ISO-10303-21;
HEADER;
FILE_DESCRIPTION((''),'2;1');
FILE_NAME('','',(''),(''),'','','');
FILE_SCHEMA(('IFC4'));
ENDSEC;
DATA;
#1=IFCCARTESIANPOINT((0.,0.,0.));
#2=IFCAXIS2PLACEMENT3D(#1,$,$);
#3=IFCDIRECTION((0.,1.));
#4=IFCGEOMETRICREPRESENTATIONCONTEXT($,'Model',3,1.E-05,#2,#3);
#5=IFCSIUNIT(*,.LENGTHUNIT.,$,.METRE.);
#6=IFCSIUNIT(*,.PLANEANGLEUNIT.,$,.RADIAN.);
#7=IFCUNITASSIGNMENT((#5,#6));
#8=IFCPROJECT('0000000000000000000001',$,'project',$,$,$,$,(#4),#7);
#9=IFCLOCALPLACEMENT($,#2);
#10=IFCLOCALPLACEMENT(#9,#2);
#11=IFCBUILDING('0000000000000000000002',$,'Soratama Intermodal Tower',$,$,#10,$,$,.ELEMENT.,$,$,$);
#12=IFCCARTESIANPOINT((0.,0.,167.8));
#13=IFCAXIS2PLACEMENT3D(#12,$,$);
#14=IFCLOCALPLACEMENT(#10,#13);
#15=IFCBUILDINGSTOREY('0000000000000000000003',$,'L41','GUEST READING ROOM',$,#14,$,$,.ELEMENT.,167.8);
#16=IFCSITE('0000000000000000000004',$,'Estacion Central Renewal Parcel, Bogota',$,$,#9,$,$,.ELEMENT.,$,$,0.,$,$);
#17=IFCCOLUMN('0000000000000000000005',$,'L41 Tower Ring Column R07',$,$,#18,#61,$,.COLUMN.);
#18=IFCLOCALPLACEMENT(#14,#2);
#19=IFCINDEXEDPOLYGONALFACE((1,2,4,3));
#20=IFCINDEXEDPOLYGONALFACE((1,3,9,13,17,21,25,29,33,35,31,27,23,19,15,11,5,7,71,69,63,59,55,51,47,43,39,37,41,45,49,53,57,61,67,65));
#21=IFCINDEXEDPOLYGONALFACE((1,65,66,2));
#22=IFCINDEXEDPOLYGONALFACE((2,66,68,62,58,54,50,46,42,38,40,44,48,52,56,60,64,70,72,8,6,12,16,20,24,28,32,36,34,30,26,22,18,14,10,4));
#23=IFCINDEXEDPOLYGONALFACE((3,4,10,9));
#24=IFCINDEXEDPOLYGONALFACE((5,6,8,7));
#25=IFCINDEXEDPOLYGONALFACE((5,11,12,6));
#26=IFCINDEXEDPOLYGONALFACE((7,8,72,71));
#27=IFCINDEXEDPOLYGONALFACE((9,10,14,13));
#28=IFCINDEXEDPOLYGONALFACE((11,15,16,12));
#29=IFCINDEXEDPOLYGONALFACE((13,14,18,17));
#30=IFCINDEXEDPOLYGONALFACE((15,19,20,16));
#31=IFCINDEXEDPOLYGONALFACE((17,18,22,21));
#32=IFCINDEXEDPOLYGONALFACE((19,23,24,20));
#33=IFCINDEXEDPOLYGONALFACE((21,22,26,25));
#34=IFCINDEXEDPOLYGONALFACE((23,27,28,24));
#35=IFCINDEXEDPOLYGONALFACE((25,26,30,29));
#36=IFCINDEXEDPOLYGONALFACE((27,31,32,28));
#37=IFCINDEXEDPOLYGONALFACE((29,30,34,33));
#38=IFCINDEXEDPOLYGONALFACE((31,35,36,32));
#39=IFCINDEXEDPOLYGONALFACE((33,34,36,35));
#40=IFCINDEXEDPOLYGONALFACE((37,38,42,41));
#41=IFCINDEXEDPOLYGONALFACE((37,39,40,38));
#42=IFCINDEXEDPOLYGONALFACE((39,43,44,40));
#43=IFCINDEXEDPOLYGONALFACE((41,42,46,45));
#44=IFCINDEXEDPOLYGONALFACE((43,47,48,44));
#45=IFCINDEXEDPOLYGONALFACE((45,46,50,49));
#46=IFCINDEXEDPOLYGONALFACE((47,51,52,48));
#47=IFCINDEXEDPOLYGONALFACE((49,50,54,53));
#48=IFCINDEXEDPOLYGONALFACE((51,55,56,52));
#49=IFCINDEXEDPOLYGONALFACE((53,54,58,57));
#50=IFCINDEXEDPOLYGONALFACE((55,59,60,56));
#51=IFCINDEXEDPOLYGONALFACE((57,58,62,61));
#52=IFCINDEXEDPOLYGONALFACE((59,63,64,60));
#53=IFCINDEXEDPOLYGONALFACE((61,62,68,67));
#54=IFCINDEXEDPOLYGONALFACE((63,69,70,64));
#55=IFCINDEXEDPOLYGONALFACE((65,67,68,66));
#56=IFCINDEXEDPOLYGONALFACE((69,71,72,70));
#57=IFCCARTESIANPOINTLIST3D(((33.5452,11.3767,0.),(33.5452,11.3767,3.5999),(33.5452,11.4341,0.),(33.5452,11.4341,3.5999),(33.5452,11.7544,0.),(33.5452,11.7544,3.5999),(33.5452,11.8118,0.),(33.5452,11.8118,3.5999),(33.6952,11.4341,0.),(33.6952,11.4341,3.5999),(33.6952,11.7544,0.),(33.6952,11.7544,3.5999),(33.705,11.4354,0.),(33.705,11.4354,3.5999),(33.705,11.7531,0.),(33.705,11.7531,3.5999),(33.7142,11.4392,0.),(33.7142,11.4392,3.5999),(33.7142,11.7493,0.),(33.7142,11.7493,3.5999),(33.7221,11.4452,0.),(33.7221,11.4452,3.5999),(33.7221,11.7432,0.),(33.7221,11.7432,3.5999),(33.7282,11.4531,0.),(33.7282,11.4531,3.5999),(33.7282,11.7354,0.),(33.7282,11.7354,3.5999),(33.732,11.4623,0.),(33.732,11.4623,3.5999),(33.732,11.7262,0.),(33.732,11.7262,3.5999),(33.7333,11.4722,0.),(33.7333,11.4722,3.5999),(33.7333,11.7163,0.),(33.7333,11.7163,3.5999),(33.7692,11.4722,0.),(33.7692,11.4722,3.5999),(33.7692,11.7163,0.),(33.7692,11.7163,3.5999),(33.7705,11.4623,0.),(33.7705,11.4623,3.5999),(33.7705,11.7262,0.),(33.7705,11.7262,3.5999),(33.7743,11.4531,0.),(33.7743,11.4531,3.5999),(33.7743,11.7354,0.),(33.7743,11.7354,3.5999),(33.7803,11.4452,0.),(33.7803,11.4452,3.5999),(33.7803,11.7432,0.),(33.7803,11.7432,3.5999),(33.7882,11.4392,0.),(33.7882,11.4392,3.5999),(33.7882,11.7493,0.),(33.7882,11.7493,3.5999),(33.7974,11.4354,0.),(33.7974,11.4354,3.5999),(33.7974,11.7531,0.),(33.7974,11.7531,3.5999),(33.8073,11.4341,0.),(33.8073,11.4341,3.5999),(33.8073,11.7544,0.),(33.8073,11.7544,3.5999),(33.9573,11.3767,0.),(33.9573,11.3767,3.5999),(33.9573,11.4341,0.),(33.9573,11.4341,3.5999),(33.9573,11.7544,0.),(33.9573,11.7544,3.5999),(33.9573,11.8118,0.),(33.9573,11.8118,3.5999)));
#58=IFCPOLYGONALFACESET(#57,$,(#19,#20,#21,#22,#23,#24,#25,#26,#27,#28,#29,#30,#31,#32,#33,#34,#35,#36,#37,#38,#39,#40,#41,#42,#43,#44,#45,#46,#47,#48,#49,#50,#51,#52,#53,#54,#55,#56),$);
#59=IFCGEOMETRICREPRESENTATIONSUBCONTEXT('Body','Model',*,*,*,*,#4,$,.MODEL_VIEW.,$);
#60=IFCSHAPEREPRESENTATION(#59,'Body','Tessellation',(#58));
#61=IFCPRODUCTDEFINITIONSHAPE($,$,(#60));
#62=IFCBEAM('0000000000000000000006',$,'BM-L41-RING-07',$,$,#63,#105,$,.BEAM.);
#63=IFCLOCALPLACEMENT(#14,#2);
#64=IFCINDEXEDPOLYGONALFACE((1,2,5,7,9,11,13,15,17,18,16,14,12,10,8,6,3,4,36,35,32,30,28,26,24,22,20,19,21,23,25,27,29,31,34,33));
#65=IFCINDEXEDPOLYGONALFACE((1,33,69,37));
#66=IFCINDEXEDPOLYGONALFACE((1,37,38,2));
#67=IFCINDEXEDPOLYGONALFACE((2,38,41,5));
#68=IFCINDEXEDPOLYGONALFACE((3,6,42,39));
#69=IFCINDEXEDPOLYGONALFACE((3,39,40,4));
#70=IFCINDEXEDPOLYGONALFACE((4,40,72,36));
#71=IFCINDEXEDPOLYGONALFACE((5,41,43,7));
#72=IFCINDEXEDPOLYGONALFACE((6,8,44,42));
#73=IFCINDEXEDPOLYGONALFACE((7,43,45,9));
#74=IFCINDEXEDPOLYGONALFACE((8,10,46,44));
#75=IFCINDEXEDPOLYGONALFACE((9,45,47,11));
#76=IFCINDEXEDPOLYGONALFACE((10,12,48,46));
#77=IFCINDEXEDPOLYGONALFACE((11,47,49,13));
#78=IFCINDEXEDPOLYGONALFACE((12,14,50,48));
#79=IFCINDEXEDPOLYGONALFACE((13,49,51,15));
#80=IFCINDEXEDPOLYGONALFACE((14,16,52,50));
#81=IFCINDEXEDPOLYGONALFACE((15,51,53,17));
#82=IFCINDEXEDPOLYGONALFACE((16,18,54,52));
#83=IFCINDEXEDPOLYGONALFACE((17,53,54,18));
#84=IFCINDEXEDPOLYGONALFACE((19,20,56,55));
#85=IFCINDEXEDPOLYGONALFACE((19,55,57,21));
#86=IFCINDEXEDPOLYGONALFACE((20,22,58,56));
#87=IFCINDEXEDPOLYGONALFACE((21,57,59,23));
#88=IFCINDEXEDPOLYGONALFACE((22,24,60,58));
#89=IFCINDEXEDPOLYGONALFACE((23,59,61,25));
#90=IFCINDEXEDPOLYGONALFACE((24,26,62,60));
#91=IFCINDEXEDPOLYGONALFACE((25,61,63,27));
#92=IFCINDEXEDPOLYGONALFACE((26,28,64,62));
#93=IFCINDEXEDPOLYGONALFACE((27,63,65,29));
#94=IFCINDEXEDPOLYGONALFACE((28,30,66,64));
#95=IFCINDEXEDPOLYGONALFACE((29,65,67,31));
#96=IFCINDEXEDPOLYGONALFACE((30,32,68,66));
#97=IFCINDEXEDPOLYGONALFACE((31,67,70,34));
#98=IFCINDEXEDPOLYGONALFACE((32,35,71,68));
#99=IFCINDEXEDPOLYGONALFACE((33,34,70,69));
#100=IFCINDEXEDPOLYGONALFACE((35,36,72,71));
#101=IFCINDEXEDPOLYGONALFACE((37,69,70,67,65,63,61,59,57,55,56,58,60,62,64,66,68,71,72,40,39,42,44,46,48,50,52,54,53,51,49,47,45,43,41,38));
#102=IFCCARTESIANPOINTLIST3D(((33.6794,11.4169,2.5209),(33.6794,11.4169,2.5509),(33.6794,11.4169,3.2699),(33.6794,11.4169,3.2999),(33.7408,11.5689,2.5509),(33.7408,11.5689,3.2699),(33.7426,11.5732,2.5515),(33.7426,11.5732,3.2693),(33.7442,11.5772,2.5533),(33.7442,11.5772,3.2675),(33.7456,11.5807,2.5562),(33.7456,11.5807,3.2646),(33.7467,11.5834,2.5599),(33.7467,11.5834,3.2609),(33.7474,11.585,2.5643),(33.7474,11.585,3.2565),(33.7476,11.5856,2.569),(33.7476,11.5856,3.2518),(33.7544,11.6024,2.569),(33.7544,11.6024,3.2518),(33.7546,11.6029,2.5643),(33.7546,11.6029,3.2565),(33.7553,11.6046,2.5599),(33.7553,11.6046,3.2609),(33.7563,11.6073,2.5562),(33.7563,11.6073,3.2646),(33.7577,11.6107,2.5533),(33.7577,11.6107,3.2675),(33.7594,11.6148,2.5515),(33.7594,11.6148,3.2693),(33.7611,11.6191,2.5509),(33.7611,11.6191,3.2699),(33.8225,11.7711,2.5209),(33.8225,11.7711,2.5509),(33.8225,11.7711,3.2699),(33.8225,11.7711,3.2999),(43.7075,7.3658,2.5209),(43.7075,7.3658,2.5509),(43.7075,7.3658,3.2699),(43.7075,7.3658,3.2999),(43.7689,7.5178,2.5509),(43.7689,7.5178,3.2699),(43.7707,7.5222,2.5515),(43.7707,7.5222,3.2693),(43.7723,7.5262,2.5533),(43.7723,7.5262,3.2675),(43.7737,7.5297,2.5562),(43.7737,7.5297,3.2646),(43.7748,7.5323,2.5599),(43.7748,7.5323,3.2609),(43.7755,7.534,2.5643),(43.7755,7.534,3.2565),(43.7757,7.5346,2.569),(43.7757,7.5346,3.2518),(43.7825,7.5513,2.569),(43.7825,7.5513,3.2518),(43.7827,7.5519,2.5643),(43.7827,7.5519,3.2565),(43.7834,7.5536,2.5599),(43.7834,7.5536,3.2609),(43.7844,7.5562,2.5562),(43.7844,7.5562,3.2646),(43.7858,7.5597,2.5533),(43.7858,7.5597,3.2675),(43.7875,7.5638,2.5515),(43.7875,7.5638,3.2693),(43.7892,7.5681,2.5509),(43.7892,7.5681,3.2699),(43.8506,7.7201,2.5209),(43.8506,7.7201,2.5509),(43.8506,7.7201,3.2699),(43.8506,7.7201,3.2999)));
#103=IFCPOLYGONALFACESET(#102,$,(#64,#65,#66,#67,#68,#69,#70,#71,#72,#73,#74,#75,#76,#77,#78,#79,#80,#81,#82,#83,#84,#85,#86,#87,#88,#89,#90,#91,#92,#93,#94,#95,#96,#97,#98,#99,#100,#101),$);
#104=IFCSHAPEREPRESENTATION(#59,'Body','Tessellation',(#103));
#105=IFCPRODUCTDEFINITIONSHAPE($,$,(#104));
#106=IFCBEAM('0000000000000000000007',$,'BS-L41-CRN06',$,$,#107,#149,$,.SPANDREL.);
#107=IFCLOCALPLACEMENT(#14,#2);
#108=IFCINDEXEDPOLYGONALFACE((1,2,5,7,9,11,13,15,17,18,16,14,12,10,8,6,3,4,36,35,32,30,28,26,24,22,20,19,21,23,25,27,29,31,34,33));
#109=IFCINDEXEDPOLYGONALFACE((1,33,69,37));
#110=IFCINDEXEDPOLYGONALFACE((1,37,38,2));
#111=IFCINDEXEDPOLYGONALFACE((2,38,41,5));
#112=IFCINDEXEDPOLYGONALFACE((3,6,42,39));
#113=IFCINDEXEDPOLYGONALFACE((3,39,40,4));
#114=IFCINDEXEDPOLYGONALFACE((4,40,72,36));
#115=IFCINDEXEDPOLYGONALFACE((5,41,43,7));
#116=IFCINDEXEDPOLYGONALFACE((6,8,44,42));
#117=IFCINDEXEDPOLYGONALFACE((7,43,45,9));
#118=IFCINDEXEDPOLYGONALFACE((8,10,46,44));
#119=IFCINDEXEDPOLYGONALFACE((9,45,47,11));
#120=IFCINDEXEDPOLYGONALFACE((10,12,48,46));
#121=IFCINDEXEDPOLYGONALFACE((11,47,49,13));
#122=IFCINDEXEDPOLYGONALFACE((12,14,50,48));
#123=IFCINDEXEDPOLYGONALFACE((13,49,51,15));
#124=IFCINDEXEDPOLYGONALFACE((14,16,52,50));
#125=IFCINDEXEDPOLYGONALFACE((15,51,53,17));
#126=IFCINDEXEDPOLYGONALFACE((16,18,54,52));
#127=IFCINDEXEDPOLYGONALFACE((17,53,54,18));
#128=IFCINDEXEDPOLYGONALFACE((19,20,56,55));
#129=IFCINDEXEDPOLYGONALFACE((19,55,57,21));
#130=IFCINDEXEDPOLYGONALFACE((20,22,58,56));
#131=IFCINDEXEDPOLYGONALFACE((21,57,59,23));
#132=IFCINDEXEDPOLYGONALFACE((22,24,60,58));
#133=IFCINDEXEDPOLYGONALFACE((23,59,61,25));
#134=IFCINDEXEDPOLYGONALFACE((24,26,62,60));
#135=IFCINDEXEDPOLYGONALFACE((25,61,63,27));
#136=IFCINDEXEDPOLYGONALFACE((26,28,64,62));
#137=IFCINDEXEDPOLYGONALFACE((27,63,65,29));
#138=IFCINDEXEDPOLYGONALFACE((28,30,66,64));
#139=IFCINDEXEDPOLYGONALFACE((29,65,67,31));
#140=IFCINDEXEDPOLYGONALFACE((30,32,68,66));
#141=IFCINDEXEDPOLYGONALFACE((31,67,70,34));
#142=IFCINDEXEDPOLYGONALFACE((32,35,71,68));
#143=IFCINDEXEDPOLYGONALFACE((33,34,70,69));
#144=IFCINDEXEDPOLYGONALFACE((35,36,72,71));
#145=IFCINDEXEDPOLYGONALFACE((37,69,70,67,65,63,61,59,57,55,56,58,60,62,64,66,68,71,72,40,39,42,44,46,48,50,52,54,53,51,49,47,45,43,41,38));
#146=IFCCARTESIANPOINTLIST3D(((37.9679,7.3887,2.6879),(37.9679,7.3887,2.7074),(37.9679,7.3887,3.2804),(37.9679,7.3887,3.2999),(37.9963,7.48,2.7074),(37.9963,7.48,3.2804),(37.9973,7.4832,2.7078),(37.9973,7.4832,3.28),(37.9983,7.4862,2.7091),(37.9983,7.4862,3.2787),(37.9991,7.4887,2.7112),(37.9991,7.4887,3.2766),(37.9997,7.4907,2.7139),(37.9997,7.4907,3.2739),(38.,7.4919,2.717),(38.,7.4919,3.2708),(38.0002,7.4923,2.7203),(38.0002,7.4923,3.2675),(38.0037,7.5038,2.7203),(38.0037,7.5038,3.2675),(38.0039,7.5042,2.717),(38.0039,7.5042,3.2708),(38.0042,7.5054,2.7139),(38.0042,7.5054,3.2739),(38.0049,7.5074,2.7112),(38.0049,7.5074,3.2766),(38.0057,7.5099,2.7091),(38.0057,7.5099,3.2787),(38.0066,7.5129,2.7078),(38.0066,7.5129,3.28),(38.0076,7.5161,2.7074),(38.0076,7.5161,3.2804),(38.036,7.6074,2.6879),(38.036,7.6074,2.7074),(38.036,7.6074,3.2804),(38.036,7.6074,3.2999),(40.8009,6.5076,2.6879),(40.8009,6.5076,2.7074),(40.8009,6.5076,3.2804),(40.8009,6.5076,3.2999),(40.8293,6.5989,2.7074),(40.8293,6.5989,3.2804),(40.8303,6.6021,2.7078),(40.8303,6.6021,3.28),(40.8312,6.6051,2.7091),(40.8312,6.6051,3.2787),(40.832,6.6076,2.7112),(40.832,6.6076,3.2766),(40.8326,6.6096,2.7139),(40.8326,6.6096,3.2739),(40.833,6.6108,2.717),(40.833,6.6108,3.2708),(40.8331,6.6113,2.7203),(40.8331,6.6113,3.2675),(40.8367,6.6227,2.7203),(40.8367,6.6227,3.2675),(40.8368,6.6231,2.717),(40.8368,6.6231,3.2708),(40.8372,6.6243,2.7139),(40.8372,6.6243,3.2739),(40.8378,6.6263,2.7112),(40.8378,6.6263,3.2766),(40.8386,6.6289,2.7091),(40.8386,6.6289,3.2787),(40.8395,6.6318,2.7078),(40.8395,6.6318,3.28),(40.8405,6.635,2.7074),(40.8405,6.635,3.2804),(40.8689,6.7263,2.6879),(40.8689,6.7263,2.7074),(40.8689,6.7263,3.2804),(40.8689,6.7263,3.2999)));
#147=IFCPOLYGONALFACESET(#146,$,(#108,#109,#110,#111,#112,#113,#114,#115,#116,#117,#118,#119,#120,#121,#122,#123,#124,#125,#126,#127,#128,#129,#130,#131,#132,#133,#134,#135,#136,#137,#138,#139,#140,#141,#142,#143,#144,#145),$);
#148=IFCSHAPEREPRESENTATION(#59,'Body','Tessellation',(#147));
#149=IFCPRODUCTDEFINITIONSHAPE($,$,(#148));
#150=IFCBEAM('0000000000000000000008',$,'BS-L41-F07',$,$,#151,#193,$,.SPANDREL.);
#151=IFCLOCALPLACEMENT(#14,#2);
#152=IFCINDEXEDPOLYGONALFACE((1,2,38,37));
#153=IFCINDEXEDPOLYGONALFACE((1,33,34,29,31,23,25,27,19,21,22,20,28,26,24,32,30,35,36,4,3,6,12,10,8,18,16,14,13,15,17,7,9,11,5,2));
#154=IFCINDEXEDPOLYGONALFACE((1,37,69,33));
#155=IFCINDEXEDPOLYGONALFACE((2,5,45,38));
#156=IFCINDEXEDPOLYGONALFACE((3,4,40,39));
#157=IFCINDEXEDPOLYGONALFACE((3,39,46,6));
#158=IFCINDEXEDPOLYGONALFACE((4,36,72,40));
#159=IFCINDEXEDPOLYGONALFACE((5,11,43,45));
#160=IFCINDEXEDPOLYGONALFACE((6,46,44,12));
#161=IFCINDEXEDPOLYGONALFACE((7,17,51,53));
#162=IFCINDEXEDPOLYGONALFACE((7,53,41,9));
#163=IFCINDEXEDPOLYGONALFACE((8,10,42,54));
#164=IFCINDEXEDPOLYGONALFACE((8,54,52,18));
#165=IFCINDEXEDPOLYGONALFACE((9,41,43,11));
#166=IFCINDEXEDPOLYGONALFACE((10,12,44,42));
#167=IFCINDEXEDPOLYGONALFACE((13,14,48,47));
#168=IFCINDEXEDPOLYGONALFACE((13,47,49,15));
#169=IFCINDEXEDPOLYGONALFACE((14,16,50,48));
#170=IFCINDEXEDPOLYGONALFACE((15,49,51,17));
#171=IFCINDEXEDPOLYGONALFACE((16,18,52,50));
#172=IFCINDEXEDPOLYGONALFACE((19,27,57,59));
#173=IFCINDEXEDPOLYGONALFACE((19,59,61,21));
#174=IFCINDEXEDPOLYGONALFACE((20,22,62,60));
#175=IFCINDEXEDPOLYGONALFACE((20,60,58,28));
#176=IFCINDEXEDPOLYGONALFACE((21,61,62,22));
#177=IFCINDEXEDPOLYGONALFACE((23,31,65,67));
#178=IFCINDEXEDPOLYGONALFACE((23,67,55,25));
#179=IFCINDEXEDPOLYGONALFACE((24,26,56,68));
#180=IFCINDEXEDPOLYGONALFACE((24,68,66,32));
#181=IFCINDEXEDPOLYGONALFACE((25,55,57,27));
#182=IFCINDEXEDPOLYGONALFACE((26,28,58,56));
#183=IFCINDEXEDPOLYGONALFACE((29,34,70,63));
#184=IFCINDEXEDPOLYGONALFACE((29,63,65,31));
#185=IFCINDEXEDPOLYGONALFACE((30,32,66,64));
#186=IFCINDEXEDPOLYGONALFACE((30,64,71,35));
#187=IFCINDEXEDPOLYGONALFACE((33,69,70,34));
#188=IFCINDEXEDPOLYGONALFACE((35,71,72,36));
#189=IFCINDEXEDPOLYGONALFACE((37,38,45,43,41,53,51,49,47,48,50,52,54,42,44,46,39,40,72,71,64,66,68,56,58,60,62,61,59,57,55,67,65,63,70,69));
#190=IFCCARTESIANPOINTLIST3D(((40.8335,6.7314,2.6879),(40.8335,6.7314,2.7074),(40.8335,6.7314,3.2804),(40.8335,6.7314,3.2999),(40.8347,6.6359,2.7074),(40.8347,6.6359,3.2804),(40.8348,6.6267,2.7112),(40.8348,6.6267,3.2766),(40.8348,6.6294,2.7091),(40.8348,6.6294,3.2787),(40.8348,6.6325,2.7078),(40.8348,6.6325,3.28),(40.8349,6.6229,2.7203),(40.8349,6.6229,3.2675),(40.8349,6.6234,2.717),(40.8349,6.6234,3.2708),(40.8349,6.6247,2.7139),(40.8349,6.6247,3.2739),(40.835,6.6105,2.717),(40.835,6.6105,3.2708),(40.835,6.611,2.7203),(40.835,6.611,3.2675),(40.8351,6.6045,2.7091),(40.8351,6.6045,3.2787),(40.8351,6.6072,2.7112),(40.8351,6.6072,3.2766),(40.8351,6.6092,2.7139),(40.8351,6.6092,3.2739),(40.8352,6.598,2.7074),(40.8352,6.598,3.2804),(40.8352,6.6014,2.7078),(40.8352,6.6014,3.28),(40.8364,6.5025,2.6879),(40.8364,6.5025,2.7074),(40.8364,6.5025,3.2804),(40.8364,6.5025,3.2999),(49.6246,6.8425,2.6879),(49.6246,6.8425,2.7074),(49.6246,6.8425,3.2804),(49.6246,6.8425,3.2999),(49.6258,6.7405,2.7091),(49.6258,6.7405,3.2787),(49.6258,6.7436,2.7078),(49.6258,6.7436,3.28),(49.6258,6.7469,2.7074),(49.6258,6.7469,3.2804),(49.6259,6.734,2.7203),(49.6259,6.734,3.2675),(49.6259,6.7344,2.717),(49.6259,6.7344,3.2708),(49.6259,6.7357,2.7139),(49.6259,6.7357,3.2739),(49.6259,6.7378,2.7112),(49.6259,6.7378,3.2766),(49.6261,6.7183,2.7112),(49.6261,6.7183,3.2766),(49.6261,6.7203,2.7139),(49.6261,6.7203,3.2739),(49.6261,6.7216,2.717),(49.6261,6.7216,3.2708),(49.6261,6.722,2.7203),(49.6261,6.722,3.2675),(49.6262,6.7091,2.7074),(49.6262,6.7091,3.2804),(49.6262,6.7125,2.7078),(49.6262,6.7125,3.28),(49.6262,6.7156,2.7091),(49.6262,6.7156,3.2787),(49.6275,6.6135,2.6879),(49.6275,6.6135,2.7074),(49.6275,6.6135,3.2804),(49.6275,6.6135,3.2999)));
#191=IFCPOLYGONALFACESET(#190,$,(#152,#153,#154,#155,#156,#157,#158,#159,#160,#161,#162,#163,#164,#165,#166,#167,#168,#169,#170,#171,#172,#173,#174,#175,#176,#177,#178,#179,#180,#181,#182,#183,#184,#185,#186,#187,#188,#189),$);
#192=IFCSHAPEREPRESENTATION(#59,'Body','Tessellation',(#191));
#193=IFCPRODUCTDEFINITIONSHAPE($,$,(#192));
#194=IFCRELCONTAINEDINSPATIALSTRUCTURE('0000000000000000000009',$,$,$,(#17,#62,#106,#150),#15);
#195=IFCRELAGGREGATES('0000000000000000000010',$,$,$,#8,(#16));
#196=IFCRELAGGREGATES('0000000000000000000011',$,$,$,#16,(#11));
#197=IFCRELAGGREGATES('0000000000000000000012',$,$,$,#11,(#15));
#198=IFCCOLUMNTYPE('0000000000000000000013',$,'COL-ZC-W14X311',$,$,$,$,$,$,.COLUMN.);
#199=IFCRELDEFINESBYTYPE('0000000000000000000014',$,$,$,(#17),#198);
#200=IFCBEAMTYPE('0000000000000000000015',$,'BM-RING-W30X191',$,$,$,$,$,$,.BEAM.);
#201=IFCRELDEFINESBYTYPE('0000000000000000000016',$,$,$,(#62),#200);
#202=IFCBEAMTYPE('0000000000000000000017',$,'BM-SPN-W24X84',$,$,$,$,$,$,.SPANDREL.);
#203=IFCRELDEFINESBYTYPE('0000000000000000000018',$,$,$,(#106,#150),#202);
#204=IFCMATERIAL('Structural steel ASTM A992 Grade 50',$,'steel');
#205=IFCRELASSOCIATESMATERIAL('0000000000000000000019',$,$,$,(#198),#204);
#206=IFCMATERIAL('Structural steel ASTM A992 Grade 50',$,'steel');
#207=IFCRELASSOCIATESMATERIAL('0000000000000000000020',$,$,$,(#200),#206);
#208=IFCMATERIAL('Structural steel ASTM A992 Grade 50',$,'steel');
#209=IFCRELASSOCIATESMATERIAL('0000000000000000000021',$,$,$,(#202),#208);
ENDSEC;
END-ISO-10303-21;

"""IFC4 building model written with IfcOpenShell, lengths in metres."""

from ifc_helpers import new_model, si_unit, direction, frame, origin, origin_2d, place, context, subcontext, project, spatial, i_section, extrude, material, material_profile, profile_set, type_object, element, save


model = new_model("IFC4")

# Units and contexts
model_context = context("Model", 3, precision=1e-05, world=origin(), true_north=direction((0.0, 1.0)))
body_context = subcontext(model_context, "Body", "Model", "MODEL_VIEW")
ifc_project = project(units=[si_unit("LENGTHUNIT", "METRE"), si_unit("PLANEANGLEUNIT", "RADIAN")], contexts=[model_context])

# Site, building, storey
site_placement = place(None, origin())
site = spatial("IfcSite", under=ifc_project, at=site_placement, Name="Estacion Central Renewal Parcel, Bogota", CompositionType="ELEMENT", RefElevation=0.0)
building_placement = place(site_placement, origin())
building = spatial("IfcBuilding", under=site, at=building_placement, Name="Soratama Intermodal Tower", CompositionType="ELEMENT")
storey_placement = place(building_placement, frame((0.0, 0.0, 167.8)))
storey = spatial("IfcBuildingStorey", under=building, at=storey_placement, Name="L41", Description="GUEST READING ROOM", CompositionType="ELEMENT", Elevation=167.8)

# Column
ifc_material_1 = material(Name="Structural steel ASTM A992 Grade 50", Category="steel")
ifc_material_profile_1 = material_profile(ifc_material_1, i_section(OverallWidth=0.4121, OverallDepth=0.4351, WebThickness=0.0359, FlangeThickness=0.0574, FilletRadius=0.0381, at=origin_2d()), Name="W14X311")
ifc_profile_set_1 = profile_set([ifc_material_profile_1], Name="Structural steel ASTM A992 Grade 50")
column_type = type_object("IfcColumnType", Name="COL-ZC-W14X311", PredefinedType="COLUMN", material=ifc_profile_set_1)
column_placement = place(storey_placement, frame((33.7512, 11.5942, 0.0), z_axis=(0.0, 0.0, 1.0), x_axis=(1.0, 0.0, 0.0)))
element("IfcColumn", 1, at=column_placement, inside=storey, type_object=column_type, Name="L41 Tower Ring Column R07", PredefinedType="COLUMN", context=body_context, shape_type="SweptSolid", body=[
    extrude(i_section(OverallWidth=0.4121, OverallDepth=0.4351, WebThickness=0.0359, FlangeThickness=0.0574, FilletRadius=0.0381, at=origin_2d()), origin(), (0.0, 0.0, 1.0), 3.5999),
])

# Beams
ifc_material_2 = material(Name="Structural steel ASTM A992 Grade 50", Category="steel")
ifc_material_profile_2 = material_profile(ifc_material_2, i_section(OverallWidth=0.3821, OverallDepth=0.7791, WebThickness=0.0181, FlangeThickness=0.03, FilletRadius=0.0181, at=origin_2d()), Name="W30X191")
ifc_profile_set_2 = profile_set([ifc_material_profile_2], Name="Structural steel ASTM A992 Grade 50")
beam_type_1 = type_object("IfcBeamType", Name="BM-RING-W30X191", PredefinedType="BEAM", material=ifc_profile_set_2)
beam_1_placement = place(storey_placement, frame((33.751, 11.594, 2.9104), z_axis=(0.927202, -0.37456, 0.0), x_axis=(0.37456, 0.927202, 0.0)))
element("IfcBeam", 2, at=beam_1_placement, inside=storey, type_object=beam_type_1, Name="BM-L41-RING-07", PredefinedType="BEAM", context=body_context, shape_type="SweptSolid", body=[
    extrude(i_section(OverallWidth=0.3821, OverallDepth=0.7791, WebThickness=0.0181, FlangeThickness=0.03, FilletRadius=0.0181, at=origin_2d()), origin(), (0.0, 0.0, 1.0), 10.8154),
])
ifc_material_3 = material(Name="Structural steel ASTM A992 Grade 50", Category="steel")
ifc_material_profile_3 = material_profile(ifc_material_3, i_section(OverallWidth=0.229, OverallDepth=0.6121, WebThickness=0.012, FlangeThickness=0.0195, FilletRadius=0.0129, at=origin_2d()), Name="W24X84")
ifc_profile_set_3 = profile_set([ifc_material_profile_3], Name="Structural steel ASTM A992 Grade 50")
beam_type_2 = type_object("IfcBeamType", Name="BM-SPN-W24X84", PredefinedType="SPANDREL", material=ifc_profile_set_3)
beam_2_placement = place(storey_placement, frame((38.002, 7.498, 2.9939), z_axis=(0.954883, -0.296982, 0.0), x_axis=(0.296982, 0.954883, 0.0)))
element("IfcBeam", 3, at=beam_2_placement, inside=storey, type_object=beam_type_2, Name="BS-L41-CRN06", PredefinedType="SPANDREL", context=body_context, shape_type="SweptSolid", body=[
    extrude(i_section(OverallWidth=0.229, OverallDepth=0.6121, WebThickness=0.012, FlangeThickness=0.0195, FilletRadius=0.0129, at=origin_2d()), origin(), (0.0, 0.0, 1.0), 2.9668),
])
beam_3_placement = place(storey_placement, frame((40.835, 6.6169, 2.9939), z_axis=(0.99992, 0.012635, 0.0), x_axis=(-0.012635, 0.99992, 0.0)))
element("IfcBeam", 4, at=beam_3_placement, inside=storey, type_object=beam_type_2, Name="BS-L41-F07", PredefinedType="SPANDREL", context=body_context, shape_type="SweptSolid", body=[
    extrude(i_section(OverallWidth=0.229, OverallDepth=0.6121, WebThickness=0.012, FlangeThickness=0.0195, FilletRadius=0.0129, at=origin_2d()), origin(), (0.0, 0.0, 1.0), 8.7917),
])

save(model, "model.ifc")
